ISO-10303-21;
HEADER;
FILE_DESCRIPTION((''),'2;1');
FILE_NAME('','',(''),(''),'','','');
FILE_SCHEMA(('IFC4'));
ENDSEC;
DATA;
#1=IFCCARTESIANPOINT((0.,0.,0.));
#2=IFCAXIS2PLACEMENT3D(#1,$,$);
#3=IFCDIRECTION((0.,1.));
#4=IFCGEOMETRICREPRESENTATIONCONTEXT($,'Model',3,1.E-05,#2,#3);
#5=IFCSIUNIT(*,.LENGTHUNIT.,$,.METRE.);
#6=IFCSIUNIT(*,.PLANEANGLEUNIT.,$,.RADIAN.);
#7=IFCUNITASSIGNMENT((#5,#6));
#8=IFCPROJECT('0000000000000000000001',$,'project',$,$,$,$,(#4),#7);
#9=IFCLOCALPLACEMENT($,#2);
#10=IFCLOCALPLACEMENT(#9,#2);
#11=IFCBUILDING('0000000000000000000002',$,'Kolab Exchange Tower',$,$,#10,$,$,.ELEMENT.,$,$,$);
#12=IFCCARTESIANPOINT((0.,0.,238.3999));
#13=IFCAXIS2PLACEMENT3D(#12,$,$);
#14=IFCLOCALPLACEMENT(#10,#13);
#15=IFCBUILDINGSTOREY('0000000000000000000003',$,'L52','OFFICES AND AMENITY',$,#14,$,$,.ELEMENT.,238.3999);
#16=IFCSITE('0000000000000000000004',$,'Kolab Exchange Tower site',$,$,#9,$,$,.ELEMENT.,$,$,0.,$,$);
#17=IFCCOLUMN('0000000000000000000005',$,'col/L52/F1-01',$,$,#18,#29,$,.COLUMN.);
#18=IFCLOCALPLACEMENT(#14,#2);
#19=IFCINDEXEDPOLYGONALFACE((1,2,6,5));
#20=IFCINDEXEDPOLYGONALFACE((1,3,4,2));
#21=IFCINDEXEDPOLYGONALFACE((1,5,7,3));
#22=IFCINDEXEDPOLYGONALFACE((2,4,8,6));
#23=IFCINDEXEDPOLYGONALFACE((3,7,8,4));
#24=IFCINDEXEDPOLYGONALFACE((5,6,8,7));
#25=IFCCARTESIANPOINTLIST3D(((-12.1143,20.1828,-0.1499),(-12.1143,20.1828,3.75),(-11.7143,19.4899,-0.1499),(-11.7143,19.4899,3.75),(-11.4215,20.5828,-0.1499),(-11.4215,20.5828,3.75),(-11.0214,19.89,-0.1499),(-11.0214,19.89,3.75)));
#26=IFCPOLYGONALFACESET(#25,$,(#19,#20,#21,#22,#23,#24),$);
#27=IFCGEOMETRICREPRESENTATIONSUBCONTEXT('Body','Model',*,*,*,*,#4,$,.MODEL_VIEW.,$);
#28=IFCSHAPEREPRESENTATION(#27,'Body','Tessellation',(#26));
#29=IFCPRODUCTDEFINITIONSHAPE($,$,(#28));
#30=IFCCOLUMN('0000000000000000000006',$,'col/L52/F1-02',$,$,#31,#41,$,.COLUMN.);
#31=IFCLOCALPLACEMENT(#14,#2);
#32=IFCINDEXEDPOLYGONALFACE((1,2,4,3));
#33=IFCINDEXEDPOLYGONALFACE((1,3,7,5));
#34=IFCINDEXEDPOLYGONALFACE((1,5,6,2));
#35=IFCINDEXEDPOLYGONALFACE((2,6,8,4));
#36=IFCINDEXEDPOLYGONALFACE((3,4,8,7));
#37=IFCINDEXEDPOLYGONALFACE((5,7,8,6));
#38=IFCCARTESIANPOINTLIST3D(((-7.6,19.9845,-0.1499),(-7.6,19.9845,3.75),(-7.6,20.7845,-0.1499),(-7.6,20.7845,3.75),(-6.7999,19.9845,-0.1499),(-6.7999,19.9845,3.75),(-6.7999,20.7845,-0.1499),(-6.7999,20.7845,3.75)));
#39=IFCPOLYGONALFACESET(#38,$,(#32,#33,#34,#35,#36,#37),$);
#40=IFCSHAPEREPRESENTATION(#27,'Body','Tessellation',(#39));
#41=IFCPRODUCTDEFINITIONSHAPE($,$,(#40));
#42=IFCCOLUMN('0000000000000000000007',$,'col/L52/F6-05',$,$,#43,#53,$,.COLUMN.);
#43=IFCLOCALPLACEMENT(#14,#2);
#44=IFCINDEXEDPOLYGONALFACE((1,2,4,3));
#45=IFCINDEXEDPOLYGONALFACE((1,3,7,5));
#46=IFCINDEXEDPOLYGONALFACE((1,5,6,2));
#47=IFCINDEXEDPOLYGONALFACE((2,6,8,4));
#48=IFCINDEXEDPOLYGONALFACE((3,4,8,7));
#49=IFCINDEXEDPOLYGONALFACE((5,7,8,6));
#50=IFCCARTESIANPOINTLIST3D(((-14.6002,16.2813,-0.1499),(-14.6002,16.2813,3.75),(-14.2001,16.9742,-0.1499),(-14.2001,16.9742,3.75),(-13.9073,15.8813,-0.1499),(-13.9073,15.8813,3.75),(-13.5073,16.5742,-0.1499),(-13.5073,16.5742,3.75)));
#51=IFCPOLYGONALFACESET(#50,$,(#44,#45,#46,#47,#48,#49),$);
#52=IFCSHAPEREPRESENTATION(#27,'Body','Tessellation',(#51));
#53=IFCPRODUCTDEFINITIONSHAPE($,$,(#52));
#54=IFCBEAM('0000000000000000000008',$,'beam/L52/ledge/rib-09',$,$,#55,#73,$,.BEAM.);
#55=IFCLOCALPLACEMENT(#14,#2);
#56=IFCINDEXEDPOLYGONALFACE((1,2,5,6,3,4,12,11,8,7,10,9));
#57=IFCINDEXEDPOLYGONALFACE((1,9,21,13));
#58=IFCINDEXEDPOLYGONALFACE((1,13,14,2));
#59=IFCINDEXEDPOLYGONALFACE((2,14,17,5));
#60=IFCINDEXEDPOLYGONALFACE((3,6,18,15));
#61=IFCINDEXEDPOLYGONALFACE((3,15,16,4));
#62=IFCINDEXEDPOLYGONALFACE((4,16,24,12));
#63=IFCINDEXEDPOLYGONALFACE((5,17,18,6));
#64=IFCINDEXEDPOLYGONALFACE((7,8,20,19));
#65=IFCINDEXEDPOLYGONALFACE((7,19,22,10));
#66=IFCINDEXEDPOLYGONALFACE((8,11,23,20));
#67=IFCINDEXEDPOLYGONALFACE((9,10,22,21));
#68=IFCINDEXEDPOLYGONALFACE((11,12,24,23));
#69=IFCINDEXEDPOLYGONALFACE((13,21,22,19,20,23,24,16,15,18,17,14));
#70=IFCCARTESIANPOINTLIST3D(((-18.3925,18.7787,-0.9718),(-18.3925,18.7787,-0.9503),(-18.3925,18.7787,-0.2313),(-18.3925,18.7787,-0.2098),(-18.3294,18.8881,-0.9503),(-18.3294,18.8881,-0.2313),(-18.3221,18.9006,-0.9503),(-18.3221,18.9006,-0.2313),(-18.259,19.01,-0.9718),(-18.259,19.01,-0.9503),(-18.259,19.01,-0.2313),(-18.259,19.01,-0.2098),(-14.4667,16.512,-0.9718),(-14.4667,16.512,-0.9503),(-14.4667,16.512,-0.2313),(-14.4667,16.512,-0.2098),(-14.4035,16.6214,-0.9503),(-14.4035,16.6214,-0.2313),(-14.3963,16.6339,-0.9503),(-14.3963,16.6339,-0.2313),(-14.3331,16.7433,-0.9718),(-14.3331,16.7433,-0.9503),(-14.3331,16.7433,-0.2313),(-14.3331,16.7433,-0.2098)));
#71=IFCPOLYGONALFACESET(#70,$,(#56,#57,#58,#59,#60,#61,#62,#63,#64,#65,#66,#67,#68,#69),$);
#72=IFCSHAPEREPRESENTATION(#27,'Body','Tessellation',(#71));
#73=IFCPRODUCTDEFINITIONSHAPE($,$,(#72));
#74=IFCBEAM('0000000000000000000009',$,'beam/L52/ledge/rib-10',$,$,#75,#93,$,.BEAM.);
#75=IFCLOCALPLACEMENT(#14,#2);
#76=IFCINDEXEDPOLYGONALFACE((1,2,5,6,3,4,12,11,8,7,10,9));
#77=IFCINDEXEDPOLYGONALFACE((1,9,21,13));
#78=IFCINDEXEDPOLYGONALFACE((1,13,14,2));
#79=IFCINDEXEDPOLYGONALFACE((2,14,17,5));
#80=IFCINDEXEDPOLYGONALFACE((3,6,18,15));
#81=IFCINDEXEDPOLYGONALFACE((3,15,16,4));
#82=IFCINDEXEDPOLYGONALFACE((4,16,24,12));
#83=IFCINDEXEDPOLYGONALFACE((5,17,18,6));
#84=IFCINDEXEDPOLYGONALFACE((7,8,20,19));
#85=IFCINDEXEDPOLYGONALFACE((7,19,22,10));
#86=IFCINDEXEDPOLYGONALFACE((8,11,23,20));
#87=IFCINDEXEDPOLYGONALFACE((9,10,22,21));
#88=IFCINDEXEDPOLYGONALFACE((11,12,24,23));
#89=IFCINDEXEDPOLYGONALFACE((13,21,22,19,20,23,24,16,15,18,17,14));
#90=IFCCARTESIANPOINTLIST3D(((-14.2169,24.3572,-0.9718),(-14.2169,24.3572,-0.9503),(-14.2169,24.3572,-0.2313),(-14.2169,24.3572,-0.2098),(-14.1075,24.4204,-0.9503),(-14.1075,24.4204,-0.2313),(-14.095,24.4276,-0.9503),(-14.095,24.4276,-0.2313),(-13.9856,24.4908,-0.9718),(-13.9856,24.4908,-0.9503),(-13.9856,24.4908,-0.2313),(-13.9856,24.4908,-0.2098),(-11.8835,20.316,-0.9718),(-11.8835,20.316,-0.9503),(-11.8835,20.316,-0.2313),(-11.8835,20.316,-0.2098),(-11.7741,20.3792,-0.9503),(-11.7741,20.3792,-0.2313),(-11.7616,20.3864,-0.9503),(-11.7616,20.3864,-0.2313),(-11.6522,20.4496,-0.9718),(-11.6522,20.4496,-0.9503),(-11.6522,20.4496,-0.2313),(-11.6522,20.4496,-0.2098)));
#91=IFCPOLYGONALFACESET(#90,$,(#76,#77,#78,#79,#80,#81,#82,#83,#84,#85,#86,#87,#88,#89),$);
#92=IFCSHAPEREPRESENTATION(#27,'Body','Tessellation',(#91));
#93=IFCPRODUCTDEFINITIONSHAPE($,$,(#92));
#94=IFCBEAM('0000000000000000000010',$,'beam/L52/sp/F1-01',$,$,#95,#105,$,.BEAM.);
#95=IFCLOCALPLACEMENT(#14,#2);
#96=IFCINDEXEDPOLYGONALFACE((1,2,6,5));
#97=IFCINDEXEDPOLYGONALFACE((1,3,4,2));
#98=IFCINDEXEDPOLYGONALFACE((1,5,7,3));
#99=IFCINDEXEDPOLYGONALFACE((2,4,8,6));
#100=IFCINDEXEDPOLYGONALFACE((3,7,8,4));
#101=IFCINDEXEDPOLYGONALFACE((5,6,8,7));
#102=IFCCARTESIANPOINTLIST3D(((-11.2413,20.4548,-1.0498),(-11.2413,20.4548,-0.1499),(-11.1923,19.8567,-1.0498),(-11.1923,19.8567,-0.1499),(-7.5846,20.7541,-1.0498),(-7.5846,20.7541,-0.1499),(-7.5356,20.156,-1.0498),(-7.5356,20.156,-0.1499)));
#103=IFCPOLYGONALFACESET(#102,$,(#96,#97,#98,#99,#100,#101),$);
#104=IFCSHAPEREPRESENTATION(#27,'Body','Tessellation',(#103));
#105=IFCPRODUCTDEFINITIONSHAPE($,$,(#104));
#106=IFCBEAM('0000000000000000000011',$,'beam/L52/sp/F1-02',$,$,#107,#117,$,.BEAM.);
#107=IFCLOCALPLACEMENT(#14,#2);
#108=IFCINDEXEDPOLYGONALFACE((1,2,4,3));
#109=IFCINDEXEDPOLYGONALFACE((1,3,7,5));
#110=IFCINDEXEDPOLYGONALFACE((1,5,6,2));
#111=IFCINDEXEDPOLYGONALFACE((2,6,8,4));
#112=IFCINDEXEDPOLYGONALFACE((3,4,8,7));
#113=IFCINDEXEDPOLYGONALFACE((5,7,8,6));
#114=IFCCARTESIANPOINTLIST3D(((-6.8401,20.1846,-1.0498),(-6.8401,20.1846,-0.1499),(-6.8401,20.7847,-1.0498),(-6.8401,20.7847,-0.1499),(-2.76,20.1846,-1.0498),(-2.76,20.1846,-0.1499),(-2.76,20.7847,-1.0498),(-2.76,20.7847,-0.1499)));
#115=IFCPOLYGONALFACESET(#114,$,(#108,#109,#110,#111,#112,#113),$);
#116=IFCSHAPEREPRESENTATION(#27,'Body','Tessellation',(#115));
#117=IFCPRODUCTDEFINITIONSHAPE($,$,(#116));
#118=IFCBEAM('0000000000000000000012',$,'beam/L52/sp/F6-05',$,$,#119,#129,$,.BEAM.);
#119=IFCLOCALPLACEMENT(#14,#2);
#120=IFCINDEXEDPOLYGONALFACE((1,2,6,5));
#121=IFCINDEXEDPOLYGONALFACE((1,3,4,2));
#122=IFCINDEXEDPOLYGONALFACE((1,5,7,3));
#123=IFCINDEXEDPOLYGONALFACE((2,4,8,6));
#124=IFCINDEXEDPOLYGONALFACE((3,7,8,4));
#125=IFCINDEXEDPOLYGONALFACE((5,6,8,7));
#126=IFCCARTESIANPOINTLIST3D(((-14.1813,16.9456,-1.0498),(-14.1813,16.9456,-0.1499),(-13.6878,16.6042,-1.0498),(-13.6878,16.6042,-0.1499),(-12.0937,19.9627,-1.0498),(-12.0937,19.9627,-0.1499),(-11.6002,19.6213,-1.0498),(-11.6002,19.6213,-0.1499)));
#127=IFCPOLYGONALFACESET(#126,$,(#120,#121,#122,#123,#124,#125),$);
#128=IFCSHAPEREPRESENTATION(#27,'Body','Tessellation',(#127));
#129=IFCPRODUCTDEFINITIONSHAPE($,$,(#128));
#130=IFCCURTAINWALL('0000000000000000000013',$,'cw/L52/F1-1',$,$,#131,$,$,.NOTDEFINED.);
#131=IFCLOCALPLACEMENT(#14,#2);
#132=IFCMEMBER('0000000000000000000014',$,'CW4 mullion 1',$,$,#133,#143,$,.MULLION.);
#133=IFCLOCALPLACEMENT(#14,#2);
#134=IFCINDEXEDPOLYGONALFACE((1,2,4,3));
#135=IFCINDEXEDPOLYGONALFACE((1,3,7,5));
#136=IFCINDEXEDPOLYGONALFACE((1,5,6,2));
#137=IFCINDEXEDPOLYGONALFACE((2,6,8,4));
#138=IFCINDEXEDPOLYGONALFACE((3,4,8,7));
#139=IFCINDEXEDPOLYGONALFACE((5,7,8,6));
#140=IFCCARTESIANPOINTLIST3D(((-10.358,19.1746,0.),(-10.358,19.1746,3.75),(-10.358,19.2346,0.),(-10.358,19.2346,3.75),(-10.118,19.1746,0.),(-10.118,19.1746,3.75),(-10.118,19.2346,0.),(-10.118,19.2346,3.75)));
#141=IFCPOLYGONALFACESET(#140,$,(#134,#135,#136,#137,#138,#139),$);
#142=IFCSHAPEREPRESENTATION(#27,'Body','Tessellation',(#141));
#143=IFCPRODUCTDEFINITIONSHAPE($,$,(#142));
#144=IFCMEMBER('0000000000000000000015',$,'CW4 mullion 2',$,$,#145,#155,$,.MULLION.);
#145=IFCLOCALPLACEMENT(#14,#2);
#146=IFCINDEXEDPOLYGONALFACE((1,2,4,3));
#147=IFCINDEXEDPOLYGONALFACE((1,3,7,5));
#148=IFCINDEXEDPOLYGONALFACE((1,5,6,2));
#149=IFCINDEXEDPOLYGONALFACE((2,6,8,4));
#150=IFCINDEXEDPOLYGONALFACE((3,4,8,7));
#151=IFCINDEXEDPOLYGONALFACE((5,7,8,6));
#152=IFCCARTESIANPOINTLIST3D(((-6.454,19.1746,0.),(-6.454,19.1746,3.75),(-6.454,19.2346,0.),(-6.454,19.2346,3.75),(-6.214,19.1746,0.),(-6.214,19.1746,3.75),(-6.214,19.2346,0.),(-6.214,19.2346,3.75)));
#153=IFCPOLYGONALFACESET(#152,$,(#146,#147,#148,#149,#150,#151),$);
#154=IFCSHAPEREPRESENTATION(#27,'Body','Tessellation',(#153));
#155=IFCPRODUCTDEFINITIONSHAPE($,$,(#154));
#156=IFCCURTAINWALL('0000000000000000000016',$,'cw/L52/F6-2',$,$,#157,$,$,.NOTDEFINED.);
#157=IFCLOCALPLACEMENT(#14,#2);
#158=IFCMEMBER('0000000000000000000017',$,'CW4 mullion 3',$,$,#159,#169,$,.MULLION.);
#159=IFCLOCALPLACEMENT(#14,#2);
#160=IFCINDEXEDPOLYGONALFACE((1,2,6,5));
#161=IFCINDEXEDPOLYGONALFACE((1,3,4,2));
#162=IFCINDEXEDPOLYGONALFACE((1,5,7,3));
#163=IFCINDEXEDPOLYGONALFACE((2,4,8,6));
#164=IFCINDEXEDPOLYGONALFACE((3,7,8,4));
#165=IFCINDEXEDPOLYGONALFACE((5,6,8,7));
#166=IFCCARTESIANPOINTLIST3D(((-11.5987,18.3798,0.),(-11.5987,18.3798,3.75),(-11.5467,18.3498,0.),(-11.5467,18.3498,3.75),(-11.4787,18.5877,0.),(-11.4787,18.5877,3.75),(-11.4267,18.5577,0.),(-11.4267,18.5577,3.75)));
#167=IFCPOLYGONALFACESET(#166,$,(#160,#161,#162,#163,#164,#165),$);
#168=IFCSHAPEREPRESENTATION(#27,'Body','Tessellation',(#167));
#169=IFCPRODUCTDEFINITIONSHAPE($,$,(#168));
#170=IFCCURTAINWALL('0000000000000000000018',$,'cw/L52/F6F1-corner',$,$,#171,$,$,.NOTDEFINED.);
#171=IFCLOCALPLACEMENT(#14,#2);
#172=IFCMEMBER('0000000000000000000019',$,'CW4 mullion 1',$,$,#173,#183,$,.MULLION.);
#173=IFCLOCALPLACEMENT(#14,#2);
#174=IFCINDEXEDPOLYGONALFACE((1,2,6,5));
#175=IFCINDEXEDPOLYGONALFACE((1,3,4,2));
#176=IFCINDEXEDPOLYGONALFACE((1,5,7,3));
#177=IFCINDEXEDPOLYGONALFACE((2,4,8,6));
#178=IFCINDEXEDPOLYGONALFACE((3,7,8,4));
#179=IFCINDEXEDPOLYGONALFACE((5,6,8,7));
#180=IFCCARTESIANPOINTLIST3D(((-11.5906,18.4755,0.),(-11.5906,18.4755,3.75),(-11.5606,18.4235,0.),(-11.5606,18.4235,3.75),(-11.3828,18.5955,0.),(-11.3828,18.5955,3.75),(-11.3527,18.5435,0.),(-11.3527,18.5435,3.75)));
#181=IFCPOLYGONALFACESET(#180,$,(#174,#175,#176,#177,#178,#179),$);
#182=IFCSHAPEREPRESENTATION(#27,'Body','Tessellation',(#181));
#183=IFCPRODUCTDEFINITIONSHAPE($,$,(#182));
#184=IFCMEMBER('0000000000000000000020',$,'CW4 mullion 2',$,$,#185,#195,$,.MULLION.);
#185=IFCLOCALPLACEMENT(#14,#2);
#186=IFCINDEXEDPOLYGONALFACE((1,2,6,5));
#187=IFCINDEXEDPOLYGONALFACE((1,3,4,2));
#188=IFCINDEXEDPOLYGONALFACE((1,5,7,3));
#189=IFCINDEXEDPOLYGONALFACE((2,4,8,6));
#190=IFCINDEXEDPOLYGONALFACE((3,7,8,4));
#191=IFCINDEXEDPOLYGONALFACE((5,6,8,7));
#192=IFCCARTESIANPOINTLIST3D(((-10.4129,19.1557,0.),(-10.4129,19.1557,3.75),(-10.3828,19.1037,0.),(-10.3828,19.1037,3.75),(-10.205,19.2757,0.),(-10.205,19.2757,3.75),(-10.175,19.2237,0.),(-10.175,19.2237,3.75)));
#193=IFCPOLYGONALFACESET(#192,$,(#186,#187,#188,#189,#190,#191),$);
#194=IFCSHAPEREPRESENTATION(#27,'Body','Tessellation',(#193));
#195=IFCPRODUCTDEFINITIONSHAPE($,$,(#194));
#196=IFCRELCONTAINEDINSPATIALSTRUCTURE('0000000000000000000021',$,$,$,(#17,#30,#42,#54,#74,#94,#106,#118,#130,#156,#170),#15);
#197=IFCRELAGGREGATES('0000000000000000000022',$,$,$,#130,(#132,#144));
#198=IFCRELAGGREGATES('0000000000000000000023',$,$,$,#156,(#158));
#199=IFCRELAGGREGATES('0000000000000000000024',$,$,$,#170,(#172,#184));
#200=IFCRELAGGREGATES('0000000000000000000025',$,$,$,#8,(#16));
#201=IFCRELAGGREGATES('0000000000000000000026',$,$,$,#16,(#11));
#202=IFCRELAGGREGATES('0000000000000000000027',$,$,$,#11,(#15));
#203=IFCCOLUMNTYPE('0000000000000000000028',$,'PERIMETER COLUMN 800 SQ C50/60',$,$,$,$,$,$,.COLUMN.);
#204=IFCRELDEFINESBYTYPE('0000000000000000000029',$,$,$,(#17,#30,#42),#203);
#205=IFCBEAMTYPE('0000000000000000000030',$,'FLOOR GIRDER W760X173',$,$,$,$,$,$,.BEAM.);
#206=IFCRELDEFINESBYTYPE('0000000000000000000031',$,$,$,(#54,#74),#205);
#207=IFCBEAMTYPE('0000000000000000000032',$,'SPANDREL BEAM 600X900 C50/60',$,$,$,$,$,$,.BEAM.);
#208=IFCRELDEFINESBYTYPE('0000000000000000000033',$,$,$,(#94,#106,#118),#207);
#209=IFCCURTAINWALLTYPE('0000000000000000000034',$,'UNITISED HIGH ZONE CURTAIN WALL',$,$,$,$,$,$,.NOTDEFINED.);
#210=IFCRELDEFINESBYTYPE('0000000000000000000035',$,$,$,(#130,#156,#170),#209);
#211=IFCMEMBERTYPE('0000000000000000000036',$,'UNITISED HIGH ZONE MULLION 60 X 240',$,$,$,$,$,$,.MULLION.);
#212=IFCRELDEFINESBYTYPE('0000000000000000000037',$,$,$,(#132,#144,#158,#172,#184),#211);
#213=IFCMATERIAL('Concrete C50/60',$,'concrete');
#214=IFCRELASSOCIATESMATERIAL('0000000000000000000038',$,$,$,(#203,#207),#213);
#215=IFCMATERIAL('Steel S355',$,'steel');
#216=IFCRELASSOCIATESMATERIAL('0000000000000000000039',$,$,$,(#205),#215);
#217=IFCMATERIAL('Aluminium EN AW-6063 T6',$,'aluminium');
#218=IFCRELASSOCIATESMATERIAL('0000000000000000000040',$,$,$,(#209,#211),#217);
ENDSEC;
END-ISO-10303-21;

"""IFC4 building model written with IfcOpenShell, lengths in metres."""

from ifc_helpers import new_model, si_unit, direction, frame, origin, origin_2d, place, context, subcontext, project, spatial, rectangle, i_section, extrude, material, material_profile, profile_set, type_object, element, aggregate, save


model = new_model("IFC4")

# Units and contexts
model_context = context("Model", 3, precision=1e-05, world=origin(), true_north=direction((0.0, 1.0)))
body_context = subcontext(model_context, "Body", "Model", "MODEL_VIEW")
ifc_project = project(units=[si_unit("LENGTHUNIT", "METRE"), si_unit("PLANEANGLEUNIT", "RADIAN")], contexts=[model_context])

# Site, building, storey
site_placement = place(None, origin())
site = spatial("IfcSite", under=ifc_project, at=site_placement, Name="Kolab Exchange Tower site", CompositionType="ELEMENT", RefElevation=0.0)
building_placement = place(site_placement, origin())
building = spatial("IfcBuilding", under=site, at=building_placement, Name="Kolab Exchange Tower", CompositionType="ELEMENT")
storey_placement = place(building_placement, frame((0.0, 0.0, 238.3999)))
storey = spatial("IfcBuildingStorey", under=building, at=storey_placement, Name="L52", Description="OFFICES AND AMENITY", CompositionType="ELEMENT", Elevation=238.3999)

# Columns
ifc_material_1 = material(Name="Concrete C50/60", Category="concrete")
ifc_material_profile_1 = material_profile(ifc_material_1, rectangle(XDim=0.8, YDim=0.8, at=origin_2d()), Name="RC800")
ifc_profile_set_1 = profile_set([ifc_material_profile_1], Name="Concrete C50/60")
column_type = type_object("IfcColumnType", Name="PERIMETER COLUMN 800 SQ C50/60", PredefinedType="COLUMN", material=ifc_profile_set_1)
for number, where, z_axis, x_axis, name in (
    (1, (-11.5679, 20.0364, -0.1499), (0.0, 0.0, 1.0), (0.866025, 0.5, 0.0), "col/L52/F1-01"),
    (2, (-7.2, 20.3845, -0.1499), (0.0, 0.0, 1.0), (1.0, 0.0, 0.0), "col/L52/F1-02"),
    (3, (-14.0537, 16.4277, -0.1499), (0.0, 0.0, 1.0), (0.5, 0.866025, 0.0), "col/L52/F6-05"),
):
    element("IfcColumn", number, at=place(storey_placement, frame(where, z_axis=z_axis, x_axis=x_axis)), inside=storey, type_object=column_type, Name=name, PredefinedType="COLUMN", context=body_context, shape_type="SweptSolid", body=[
        extrude(rectangle(XDim=0.8, YDim=0.8, at=origin_2d()), origin(), (0.0, 0.0, 1.0), 3.8999),
    ])

# Beams
ifc_material_2 = material(Name="Steel S355", Category="steel")
ifc_material_profile_2 = material_profile(ifc_material_2, i_section(OverallWidth=0.2671, OverallDepth=0.762, WebThickness=0.0144, FlangeThickness=0.0215, at=origin_2d()), Name="W760X173")
ifc_profile_set_2 = profile_set([ifc_material_profile_2], Name="Steel S355")
beam_type_1 = type_object("IfcBeamType", Name="FLOOR GIRDER W760X173", PredefinedType="BEAM", material=ifc_profile_set_2)
beam_1_placement = place(storey_placement, frame((-14.3999, 16.6277, -0.5908), z_axis=(-0.866021, 0.500008, 0.0), x_axis=(-0.500008, -0.866021, 0.0)))
element("IfcBeam", 4, at=beam_1_placement, inside=storey, type_object=beam_type_1, Name="beam/L52/ledge/rib-09", PredefinedType="BEAM", context=body_context, shape_type="SweptSolid", body=[
    extrude(i_section(OverallWidth=0.2671, OverallDepth=0.762, WebThickness=0.0144, FlangeThickness=0.0215, at=origin_2d()), origin(), (0.0, 0.0, 1.0), 4.5332),
])
beam_2_placement = place(storey_placement, frame((-11.7678, 20.3828, -0.5908), z_axis=(-0.500044, 0.866, 0.0), x_axis=(-0.866, -0.500044, 0.0)))
element("IfcBeam", 5, at=beam_2_placement, inside=storey, type_object=beam_type_1, Name="beam/L52/ledge/rib-10", PredefinedType="BEAM", context=body_context, shape_type="SweptSolid", body=[
    extrude(i_section(OverallWidth=0.2671, OverallDepth=0.762, WebThickness=0.0144, FlangeThickness=0.0215, at=origin_2d()), origin(), (0.0, 0.0, 1.0), 4.6665),
])
ifc_material_profile_3 = material_profile(ifc_material_1, rectangle(XDim=0.6001, YDim=0.8999, at=origin_2d()), Name="RC600X900")
ifc_profile_set_3 = profile_set([ifc_material_profile_3], Name="Concrete C50/60")
beam_type_2 = type_object("IfcBeamType", Name="SPANDREL BEAM 600X900 C50/60", PredefinedType="BEAM", material=ifc_profile_set_3)
beam_3_placement = place(storey_placement, frame((-11.2168, 20.1558, -0.5999), z_axis=(0.996667, 0.081581, 0.0), x_axis=(-0.081581, 0.996667, 0.0)))
element("IfcBeam", 6, at=beam_3_placement, inside=storey, type_object=beam_type_2, Name="beam/L52/sp/F1-01", PredefinedType="BEAM", context=body_context, shape_type="SweptSolid", body=[
    extrude(rectangle(XDim=0.6001, YDim=0.8999, at=origin_2d()), origin(), (0.0, 0.0, 1.0), 3.6689),
])
beam_4_placement = place(storey_placement, frame((-6.8401, 20.4846, -0.5999), z_axis=(1.0, 0.0, 0.0), x_axis=(0.0, 1.0, 0.0)))
element("IfcBeam", 7, at=beam_4_placement, inside=storey, type_object=beam_type_2, Name="beam/L52/sp/F1-02", PredefinedType="BEAM", context=body_context, shape_type="SweptSolid", body=[
    extrude(rectangle(XDim=0.6001, YDim=0.8999, at=origin_2d()), origin(), (0.0, 0.0, 1.0), 4.0801),
])
beam_5_placement = place(storey_placement, frame((-13.9346, 16.7749, -0.5999), z_axis=(0.569006, 0.822334, 0.0), x_axis=(-0.822334, 0.569006, 0.0)))
element("IfcBeam", 8, at=beam_5_placement, inside=storey, type_object=beam_type_2, Name="beam/L52/sp/F6-05", PredefinedType="BEAM", context=body_context, shape_type="SweptSolid", body=[
    extrude(rectangle(XDim=0.6001, YDim=0.8999, at=origin_2d()), origin(), (0.0, 0.0, 1.0), 3.6689),
])

# Curtain wall, members
ifc_material_3 = material(Name="Aluminium EN AW-6063 T6", Category="aluminium")
curtain_wall_type = type_object("IfcCurtainWallType", Name="UNITISED HIGH ZONE CURTAIN WALL", PredefinedType="NOTDEFINED", material=ifc_material_3)
curtain_wall_1_placement = place(storey_placement, origin())
curtain_wall_1 = element("IfcCurtainWall", 9, at=curtain_wall_1_placement, inside=storey, type_object=curtain_wall_type, Name="cw/L52/F1-1", PredefinedType="NOTDEFINED")
ifc_material_profile_4 = material_profile(ifc_material_3, rectangle(XDim=0.0601, YDim=0.24, at=origin_2d()), Name="RECT 60X240")
ifc_profile_set_4 = profile_set([ifc_material_profile_4], Name="Aluminium EN AW-6063 T6")
member_type_1 = type_object("IfcMemberType", Name="UNITISED HIGH ZONE MULLION 60 X 240", PredefinedType="MULLION", material=ifc_profile_set_4)
member_1_placement = place(storey_placement, frame((-10.238, 19.2046, 0.0), z_axis=(0.0, 0.0, 1.0), x_axis=(0.0, 1.0, 0.0)))
member_1 = element("IfcMember", 10, at=member_1_placement, type_object=member_type_1, Name="CW4 mullion 1", PredefinedType="MULLION", context=body_context, shape_type="SweptSolid", body=[
    extrude(rectangle(XDim=0.0601, YDim=0.24, at=origin_2d()), origin(), (0.0, 0.0, 1.0), 3.75),
])
member_2_placement = place(storey_placement, frame((-6.334, 19.2046, 0.0), z_axis=(0.0, 0.0, 1.0), x_axis=(0.0, 1.0, 0.0)))
member_2 = element("IfcMember", 11, at=member_2_placement, type_object=member_type_1, Name="CW4 mullion 2", PredefinedType="MULLION", context=body_context, shape_type="SweptSolid", body=[
    extrude(rectangle(XDim=0.0601, YDim=0.24, at=origin_2d()), origin(), (0.0, 0.0, 1.0), 3.75),
])

# Curtain wall, member
curtain_wall_2_placement = place(storey_placement, origin())
curtain_wall_2 = element("IfcCurtainWall", 12, at=curtain_wall_2_placement, inside=storey, type_object=curtain_wall_type, Name="cw/L52/F6-2", PredefinedType="NOTDEFINED")
member_3_placement = place(storey_placement, frame((-11.5127, 18.4688, 0.0), z_axis=(0.0, 0.0, 1.0), x_axis=(-0.866025, 0.5, 0.0)))
member_3 = element("IfcMember", 13, at=member_3_placement, type_object=member_type_1, Name="CW4 mullion 3", PredefinedType="MULLION", context=body_context, shape_type="SweptSolid", body=[
    extrude(rectangle(XDim=0.0601, YDim=0.24, at=origin_2d()), origin(), (0.0, 0.0, 1.0), 3.75),
])

# Curtain wall, members
curtain_wall_3_placement = place(storey_placement, origin())
curtain_wall_3 = element("IfcCurtainWall", 14, at=curtain_wall_3_placement, inside=storey, type_object=curtain_wall_type, Name="cw/L52/F6F1-corner", PredefinedType="NOTDEFINED")
member_4_placement = place(storey_placement, frame((-11.4717, 18.5095, 0.0), z_axis=(0.0, 0.0, 1.0), x_axis=(-0.5, 0.866025, 0.0)))
member_4 = element("IfcMember", 15, at=member_4_placement, type_object=member_type_1, Name="CW4 mullion 1", PredefinedType="MULLION", context=body_context, shape_type="SweptSolid", body=[
    extrude(rectangle(XDim=0.0601, YDim=0.24, at=origin_2d()), origin(), (0.0, 0.0, 1.0), 3.75),
])
member_5_placement = place(storey_placement, frame((-10.2939, 19.1897, 0.0), z_axis=(0.0, 0.0, 1.0), x_axis=(-0.5, 0.866025, 0.0)))
member_5 = element("IfcMember", 16, at=member_5_placement, type_object=member_type_1, Name="CW4 mullion 2", PredefinedType="MULLION", context=body_context, shape_type="SweptSolid", body=[
    extrude(rectangle(XDim=0.0601, YDim=0.24, at=origin_2d()), origin(), (0.0, 0.0, 1.0), 3.75),
])

aggregate(curtain_wall_1, [member_1, member_2])
aggregate(curtain_wall_2, [member_3])
aggregate(curtain_wall_3, [member_4, member_5])

save(model, "model.ifc")
